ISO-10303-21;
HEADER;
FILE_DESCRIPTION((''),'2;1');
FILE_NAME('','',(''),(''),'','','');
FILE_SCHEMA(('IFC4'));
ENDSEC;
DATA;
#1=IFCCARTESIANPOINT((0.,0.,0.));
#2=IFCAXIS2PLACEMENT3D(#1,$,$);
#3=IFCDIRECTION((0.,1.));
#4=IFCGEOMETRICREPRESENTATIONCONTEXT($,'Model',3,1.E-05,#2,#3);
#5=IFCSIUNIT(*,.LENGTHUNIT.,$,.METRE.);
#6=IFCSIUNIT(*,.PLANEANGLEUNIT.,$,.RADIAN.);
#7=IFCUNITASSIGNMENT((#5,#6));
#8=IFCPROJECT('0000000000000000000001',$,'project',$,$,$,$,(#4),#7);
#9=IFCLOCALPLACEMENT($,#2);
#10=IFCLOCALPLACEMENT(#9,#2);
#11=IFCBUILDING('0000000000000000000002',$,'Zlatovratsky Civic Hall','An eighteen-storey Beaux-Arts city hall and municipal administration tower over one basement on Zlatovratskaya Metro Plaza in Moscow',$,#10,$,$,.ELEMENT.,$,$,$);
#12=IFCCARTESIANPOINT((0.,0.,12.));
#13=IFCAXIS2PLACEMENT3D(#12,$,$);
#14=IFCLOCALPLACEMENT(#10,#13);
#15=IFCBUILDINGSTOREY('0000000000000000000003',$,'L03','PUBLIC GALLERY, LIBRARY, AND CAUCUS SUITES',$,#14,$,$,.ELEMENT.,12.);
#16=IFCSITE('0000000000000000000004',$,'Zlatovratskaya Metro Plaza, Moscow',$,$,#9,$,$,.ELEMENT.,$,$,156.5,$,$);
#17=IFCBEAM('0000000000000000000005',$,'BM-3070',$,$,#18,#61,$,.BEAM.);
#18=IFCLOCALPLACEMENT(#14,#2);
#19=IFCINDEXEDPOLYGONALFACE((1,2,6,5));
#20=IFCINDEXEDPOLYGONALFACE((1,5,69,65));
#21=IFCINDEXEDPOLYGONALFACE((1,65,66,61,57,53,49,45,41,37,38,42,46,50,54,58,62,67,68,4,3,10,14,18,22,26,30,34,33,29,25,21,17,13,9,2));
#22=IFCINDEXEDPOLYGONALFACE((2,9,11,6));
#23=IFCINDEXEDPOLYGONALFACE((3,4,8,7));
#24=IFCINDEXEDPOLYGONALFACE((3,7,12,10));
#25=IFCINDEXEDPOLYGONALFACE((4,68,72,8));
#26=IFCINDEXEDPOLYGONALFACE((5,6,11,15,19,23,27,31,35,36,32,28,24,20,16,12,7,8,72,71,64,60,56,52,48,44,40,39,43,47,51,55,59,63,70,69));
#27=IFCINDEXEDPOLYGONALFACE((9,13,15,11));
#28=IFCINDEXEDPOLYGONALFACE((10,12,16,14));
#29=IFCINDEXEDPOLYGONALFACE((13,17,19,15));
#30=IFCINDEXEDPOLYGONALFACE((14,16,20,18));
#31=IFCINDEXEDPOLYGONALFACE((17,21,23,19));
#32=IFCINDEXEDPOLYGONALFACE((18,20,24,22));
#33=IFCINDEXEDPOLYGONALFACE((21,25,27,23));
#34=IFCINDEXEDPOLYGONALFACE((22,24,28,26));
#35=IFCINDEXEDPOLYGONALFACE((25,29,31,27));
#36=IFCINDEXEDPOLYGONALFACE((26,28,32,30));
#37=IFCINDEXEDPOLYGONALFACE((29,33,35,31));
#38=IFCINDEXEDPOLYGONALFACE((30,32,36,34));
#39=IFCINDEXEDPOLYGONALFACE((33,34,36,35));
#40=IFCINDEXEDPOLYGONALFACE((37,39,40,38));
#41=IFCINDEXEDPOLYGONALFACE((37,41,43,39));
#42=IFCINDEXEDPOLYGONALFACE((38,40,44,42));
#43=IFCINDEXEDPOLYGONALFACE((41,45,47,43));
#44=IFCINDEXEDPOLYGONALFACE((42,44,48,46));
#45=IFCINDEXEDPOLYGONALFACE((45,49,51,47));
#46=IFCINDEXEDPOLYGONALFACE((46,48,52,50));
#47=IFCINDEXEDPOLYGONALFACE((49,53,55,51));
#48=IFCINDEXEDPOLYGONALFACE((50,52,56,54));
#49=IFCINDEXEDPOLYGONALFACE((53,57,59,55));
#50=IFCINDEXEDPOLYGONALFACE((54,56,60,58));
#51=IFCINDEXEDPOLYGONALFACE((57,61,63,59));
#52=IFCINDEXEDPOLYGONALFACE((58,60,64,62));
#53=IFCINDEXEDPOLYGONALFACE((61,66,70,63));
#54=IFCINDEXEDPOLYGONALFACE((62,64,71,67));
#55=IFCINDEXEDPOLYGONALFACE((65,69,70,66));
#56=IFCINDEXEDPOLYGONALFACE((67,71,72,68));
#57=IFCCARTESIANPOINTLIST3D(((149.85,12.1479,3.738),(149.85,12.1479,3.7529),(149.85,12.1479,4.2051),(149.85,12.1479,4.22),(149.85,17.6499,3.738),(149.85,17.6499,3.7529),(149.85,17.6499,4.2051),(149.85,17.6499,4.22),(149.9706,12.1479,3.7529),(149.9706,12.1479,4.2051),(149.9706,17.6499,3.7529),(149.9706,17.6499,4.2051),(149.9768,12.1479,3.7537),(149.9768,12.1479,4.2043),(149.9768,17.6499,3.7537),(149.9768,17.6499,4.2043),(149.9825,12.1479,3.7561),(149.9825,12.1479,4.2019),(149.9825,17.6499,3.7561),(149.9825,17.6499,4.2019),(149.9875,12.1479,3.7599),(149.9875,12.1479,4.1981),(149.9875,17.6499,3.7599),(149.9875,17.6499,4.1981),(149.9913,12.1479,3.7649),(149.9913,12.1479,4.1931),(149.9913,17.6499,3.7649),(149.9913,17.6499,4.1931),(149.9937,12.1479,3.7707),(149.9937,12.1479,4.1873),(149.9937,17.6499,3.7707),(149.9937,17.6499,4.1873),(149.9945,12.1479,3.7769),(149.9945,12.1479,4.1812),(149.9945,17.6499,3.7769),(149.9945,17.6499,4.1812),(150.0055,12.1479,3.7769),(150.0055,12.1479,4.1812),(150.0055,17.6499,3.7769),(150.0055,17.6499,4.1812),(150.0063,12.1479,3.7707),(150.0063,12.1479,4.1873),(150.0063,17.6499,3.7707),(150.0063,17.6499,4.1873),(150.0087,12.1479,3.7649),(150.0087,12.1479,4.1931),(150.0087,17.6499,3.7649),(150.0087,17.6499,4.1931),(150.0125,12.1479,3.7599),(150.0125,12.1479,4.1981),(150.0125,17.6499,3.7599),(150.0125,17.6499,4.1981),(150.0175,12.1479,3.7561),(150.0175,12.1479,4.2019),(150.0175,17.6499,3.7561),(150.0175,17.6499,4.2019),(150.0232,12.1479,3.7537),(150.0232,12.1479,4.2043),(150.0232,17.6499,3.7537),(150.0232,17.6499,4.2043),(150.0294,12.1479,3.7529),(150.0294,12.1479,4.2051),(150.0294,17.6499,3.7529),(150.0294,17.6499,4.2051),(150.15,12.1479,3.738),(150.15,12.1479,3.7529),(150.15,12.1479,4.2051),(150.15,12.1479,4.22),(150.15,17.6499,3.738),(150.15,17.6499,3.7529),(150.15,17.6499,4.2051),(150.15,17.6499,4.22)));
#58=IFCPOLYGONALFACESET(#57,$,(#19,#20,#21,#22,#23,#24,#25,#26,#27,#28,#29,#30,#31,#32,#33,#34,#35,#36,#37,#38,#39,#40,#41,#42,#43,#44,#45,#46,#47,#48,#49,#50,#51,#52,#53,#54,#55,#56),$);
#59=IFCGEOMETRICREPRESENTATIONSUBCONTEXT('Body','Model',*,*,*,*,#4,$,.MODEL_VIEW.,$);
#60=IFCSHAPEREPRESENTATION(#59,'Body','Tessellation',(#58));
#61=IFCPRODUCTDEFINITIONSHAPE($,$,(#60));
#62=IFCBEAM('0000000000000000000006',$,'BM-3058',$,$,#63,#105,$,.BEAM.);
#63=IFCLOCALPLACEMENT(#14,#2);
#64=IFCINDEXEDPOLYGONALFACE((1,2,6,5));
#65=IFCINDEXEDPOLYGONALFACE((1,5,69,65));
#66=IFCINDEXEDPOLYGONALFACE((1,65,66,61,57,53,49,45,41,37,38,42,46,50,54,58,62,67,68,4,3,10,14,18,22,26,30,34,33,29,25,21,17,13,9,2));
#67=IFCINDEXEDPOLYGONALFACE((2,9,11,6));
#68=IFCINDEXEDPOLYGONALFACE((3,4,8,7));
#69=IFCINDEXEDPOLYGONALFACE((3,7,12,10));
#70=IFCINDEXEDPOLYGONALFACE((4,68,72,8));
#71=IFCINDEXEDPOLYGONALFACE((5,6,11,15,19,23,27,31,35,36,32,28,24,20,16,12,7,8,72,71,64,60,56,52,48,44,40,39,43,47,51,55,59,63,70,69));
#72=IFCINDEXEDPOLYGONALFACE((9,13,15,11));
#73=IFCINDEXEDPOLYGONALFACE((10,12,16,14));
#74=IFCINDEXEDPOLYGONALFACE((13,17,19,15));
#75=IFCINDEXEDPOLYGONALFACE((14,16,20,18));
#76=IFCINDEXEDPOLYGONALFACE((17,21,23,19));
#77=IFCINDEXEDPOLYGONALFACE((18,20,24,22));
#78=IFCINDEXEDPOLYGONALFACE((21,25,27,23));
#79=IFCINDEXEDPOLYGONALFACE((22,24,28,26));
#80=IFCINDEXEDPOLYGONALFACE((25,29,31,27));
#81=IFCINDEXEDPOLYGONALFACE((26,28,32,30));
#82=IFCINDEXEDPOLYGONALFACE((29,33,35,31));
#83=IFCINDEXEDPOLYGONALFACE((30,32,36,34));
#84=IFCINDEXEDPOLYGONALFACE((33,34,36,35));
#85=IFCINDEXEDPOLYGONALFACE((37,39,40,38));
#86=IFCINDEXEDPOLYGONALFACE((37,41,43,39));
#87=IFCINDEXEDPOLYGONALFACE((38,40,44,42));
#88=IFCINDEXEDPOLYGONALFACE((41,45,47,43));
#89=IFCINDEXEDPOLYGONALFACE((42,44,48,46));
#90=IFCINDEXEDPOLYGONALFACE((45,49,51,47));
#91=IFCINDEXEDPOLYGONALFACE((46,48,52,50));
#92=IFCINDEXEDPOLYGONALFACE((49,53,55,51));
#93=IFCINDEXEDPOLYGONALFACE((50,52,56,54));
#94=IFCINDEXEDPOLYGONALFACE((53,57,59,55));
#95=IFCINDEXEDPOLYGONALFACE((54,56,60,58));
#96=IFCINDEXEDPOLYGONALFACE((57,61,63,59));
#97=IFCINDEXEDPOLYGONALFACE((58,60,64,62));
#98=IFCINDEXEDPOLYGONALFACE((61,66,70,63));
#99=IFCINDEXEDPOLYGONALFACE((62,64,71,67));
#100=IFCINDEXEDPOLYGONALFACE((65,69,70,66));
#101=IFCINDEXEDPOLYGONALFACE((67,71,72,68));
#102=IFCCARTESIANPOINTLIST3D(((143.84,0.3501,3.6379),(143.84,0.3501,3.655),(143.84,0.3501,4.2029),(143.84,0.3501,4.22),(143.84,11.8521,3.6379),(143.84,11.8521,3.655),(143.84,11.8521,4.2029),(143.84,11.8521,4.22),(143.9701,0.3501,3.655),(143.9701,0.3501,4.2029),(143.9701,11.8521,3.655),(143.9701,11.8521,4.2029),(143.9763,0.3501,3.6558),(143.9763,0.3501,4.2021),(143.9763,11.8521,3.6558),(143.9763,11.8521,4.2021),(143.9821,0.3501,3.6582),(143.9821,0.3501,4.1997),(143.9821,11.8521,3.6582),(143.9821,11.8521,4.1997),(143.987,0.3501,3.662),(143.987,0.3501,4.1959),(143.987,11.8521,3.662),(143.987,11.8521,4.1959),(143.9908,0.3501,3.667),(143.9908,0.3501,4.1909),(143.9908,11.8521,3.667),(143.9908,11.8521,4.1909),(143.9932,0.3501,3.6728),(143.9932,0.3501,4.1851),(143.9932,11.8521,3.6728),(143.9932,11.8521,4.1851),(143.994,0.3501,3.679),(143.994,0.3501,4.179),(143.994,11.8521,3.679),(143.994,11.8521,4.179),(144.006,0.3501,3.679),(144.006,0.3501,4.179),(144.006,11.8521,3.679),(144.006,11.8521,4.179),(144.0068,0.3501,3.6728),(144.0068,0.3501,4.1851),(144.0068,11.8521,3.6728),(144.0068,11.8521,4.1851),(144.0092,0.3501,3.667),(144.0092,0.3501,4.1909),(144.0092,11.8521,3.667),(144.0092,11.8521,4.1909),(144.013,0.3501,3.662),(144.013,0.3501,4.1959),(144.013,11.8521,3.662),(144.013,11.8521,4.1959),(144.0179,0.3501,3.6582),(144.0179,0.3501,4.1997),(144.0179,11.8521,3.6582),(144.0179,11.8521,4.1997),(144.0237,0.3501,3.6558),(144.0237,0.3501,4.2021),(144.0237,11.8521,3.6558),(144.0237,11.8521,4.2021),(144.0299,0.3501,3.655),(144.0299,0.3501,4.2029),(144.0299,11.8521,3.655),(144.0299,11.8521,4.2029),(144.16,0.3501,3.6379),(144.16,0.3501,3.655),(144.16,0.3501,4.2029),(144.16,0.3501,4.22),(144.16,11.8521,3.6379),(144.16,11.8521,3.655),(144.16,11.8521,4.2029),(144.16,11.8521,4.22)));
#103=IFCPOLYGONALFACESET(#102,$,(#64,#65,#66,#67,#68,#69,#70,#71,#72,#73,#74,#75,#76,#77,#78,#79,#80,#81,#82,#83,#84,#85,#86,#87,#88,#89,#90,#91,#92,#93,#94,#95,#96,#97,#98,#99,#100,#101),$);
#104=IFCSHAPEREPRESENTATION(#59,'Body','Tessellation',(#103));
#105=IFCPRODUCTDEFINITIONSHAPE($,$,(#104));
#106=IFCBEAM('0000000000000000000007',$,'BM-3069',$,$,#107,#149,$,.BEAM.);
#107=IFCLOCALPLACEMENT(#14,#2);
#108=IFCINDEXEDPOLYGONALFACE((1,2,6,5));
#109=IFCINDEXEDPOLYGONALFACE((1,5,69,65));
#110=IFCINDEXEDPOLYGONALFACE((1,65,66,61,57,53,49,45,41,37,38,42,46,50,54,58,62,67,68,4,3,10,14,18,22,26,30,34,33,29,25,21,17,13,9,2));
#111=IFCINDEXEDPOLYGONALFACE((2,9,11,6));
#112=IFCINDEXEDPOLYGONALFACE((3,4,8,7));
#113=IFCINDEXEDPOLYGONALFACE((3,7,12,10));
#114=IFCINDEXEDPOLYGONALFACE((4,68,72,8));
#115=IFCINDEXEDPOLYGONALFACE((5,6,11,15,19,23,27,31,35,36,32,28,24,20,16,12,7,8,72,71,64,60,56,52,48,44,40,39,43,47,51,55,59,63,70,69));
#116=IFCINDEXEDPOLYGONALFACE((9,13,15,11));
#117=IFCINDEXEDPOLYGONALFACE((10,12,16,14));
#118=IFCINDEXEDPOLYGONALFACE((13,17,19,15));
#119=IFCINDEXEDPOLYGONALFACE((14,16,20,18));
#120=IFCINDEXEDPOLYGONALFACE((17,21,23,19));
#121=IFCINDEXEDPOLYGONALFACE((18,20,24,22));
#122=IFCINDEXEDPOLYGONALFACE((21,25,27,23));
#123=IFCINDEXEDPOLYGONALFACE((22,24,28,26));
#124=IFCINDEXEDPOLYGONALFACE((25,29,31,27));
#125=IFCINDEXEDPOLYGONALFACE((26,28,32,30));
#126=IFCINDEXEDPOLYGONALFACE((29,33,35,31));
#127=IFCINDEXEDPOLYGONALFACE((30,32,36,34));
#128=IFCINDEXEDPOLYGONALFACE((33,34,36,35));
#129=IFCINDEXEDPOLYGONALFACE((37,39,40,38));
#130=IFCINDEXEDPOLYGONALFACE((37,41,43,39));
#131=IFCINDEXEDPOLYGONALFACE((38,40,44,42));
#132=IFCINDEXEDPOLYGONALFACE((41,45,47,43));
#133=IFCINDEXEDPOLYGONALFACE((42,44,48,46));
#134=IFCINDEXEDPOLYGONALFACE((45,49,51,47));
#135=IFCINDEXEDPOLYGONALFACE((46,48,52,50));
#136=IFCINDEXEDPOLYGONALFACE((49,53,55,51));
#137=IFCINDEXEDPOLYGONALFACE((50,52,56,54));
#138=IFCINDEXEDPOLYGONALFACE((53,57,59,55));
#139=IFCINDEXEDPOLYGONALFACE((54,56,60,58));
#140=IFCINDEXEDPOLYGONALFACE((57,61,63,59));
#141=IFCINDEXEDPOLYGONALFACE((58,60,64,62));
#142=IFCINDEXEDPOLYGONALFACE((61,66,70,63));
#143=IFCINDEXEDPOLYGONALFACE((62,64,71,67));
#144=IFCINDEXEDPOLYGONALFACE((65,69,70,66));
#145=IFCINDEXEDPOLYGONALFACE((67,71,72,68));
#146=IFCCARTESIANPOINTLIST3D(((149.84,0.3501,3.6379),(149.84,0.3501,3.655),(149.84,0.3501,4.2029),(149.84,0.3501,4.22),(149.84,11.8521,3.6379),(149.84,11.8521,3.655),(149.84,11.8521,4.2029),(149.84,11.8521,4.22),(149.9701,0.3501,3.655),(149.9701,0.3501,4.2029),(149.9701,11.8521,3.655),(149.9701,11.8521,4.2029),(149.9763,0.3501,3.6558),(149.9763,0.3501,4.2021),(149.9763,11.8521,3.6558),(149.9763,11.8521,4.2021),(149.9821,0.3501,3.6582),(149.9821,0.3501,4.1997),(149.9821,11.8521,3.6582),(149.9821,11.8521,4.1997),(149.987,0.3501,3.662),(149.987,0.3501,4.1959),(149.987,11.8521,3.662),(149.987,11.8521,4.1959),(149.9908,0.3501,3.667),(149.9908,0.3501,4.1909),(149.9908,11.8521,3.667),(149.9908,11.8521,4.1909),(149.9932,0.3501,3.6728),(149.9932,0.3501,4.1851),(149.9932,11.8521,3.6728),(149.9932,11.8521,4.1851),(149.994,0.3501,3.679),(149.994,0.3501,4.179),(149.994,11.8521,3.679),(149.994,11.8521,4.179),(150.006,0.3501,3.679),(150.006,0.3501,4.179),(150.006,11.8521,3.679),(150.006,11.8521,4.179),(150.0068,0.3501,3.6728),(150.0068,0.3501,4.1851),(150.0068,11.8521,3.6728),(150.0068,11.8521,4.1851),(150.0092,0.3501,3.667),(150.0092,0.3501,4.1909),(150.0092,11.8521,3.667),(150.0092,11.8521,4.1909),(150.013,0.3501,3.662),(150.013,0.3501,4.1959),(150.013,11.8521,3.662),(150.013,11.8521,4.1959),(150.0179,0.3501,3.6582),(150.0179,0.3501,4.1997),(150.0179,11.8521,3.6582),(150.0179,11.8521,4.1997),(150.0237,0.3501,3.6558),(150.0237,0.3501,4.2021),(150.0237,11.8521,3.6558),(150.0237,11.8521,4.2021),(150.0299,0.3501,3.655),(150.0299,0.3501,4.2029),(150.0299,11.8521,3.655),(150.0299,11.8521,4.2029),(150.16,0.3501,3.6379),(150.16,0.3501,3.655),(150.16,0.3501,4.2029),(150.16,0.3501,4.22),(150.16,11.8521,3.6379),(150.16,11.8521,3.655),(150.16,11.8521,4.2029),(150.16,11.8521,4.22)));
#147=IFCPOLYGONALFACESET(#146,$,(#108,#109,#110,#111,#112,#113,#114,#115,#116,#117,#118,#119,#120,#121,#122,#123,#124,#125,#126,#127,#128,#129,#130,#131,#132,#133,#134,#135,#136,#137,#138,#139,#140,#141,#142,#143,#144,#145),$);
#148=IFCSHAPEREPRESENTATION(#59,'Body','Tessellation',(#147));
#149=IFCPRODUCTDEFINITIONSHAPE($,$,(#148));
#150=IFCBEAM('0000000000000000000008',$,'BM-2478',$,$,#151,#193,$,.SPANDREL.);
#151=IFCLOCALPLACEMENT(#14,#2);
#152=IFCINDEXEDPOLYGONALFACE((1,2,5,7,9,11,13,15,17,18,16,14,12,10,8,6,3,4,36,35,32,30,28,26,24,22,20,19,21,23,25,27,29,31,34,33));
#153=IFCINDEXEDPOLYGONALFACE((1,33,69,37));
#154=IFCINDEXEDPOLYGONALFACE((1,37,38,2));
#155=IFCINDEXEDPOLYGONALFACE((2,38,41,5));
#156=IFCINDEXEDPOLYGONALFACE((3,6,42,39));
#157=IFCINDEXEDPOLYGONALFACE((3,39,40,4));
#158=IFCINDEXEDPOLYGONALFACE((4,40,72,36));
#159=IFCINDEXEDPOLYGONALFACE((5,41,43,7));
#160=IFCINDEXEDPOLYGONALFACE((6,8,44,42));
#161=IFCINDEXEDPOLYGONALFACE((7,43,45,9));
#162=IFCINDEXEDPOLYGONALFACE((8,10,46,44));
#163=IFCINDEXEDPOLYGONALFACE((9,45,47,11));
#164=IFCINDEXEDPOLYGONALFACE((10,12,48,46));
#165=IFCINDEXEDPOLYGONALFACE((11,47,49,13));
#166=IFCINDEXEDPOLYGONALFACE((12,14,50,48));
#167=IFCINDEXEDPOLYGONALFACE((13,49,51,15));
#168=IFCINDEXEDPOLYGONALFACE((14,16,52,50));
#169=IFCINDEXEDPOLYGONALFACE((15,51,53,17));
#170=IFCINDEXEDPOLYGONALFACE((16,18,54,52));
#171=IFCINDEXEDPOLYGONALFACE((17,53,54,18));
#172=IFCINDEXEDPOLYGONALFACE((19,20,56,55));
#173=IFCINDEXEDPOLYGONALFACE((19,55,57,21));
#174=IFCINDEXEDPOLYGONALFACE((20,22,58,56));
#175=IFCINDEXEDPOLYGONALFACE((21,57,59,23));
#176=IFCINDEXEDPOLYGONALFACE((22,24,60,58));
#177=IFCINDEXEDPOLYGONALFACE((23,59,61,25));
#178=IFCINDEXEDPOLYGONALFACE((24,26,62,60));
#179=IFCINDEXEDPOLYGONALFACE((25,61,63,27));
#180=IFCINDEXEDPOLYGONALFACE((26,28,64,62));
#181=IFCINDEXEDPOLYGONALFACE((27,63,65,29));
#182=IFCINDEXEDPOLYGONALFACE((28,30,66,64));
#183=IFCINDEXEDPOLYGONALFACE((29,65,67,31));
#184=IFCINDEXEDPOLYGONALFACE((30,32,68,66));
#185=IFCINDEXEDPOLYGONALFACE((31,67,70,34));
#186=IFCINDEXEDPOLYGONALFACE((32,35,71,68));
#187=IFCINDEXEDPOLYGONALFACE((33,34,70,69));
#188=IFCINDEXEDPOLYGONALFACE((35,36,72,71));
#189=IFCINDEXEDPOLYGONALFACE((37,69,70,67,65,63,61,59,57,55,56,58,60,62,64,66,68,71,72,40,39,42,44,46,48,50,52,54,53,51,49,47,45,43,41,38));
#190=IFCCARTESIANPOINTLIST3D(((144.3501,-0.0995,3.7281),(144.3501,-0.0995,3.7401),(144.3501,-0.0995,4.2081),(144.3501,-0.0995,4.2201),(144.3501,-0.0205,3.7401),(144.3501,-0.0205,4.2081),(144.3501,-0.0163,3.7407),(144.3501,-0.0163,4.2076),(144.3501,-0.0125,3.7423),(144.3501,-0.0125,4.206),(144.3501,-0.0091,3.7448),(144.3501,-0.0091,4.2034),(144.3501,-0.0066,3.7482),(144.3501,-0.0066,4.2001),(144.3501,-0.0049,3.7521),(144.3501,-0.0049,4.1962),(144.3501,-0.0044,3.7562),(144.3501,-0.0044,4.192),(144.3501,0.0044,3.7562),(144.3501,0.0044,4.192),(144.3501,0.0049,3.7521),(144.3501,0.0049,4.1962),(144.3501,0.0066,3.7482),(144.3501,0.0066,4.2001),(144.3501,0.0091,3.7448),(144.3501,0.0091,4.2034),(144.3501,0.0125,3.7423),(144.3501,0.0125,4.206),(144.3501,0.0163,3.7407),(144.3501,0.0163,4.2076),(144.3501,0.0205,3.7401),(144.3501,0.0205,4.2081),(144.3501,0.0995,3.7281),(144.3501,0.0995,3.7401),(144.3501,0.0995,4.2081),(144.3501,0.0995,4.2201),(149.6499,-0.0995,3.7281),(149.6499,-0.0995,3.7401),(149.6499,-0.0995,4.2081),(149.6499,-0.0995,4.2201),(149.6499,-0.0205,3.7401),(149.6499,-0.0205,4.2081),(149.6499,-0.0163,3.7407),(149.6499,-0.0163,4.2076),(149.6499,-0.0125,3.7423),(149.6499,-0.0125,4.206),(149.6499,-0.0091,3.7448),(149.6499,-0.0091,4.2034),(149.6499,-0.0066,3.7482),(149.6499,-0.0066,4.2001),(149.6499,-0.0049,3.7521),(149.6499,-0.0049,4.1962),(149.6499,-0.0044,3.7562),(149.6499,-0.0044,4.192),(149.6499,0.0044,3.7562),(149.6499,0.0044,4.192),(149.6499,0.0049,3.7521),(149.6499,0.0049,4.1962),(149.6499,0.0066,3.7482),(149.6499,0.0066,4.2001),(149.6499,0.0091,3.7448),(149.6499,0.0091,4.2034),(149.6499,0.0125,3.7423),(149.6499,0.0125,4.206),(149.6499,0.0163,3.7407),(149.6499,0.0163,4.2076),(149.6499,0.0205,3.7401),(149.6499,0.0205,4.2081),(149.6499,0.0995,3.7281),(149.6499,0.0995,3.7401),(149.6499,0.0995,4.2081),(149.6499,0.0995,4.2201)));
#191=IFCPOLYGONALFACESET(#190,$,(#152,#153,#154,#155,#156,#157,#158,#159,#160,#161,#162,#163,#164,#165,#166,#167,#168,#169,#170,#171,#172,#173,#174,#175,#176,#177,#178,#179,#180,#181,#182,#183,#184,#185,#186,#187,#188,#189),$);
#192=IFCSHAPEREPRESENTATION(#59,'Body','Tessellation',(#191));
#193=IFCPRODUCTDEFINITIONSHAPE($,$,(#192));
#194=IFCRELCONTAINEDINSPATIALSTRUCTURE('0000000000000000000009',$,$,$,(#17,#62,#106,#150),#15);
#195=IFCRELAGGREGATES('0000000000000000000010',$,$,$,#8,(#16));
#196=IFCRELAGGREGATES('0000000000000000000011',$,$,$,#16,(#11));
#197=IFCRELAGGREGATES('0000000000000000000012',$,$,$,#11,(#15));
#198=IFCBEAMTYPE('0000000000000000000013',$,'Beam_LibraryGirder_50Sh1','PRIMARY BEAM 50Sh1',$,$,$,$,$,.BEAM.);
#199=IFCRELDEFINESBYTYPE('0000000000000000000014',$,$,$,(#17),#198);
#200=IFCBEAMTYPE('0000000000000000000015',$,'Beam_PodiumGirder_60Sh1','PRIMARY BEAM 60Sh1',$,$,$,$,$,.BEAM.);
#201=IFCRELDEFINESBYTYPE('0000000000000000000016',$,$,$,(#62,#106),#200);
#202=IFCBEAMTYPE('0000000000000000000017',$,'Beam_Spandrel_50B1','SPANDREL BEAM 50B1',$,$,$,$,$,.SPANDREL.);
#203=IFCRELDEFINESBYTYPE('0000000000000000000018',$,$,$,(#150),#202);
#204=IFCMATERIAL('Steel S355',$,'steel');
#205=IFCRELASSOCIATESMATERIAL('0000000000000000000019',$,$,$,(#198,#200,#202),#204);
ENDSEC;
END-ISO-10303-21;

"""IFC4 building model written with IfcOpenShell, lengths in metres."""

from ifc_helpers import new_model, si_unit, direction, frame, origin, origin_2d, place, context, subcontext, project, spatial, i_section, extrude, material, material_profile, profile_set, type_object, element, save


model = new_model("IFC4")

# Units and contexts
model_context = context("Model", 3, precision=1e-05, world=origin(), true_north=direction((0.0, 1.0)))
body_context = subcontext(model_context, "Body", "Model", "MODEL_VIEW")
ifc_project = project(units=[si_unit("LENGTHUNIT", "METRE"), si_unit("PLANEANGLEUNIT", "RADIAN")], contexts=[model_context])

# Site, building, storey
site_placement = place(None, origin())
site = spatial("IfcSite", under=ifc_project, at=site_placement, Name="Zlatovratskaya Metro Plaza, Moscow", CompositionType="ELEMENT", RefElevation=156.5)
building_placement = place(site_placement, origin())
building = spatial("IfcBuilding", under=site, at=building_placement, Name="Zlatovratsky Civic Hall", Description="An eighteen-storey Beaux-Arts city hall and municipal administration tower over one basement on Zlatovratskaya Metro Plaza in Moscow", CompositionType="ELEMENT")
storey_placement = place(building_placement, frame((0.0, 0.0, 12.0)))
storey = spatial("IfcBuildingStorey", under=building, at=storey_placement, Name="L03", Description="PUBLIC GALLERY, LIBRARY, AND CAUCUS SUITES", CompositionType="ELEMENT", Elevation=12.0)

# Shared definitions
ifc_material_1 = material(Name="Steel S355", Category="steel")

# Beams
ifc_material_profile_1 = material_profile(ifc_material_1, i_section(OverallWidth=0.3, OverallDepth=0.4819, WebThickness=0.011, FlangeThickness=0.0149, FilletRadius=0.0239, at=origin_2d()), Name="50Sh1")
ifc_profile_set_1 = profile_set([ifc_material_profile_1], Name="Steel S355")
beam_type_1 = type_object("IfcBeamType", Name="Beam_LibraryGirder_50Sh1", Description="PRIMARY BEAM 50Sh1", PredefinedType="BEAM", material=ifc_profile_set_1)
beam_1_placement = place(storey_placement, frame((150.0, 12.1479, 3.979), z_axis=(0.0, 1.0, 0.0), x_axis=(-1.0, 0.0, 0.0)))
element("IfcBeam", 1, at=beam_1_placement, inside=storey, type_object=beam_type_1, Name="BM-3070", PredefinedType="BEAM", context=body_context, shape_type="SweptSolid", body=[
    extrude(i_section(OverallWidth=0.3, OverallDepth=0.4819, WebThickness=0.011, FlangeThickness=0.0149, FilletRadius=0.0239, at=origin_2d()), origin(), (0.0, 0.0, 1.0), 5.502),
])
ifc_material_profile_2 = material_profile(ifc_material_1, i_section(OverallWidth=0.3201, OverallDepth=0.582, WebThickness=0.012, FlangeThickness=0.0171, FilletRadius=0.0239, at=origin_2d()), Name="60Sh1")
ifc_profile_set_2 = profile_set([ifc_material_profile_2], Name="Steel S355")
beam_type_2 = type_object("IfcBeamType", Name="Beam_PodiumGirder_60Sh1", Description="PRIMARY BEAM 60Sh1", PredefinedType="BEAM", material=ifc_profile_set_2)
for number, where, z_axis, x_axis, name in (
    (2, (144.0, 0.3501, 3.929), (0.0, 1.0, 0.0), (-1.0, 0.0, 0.0), "BM-3058"),
    (3, (150.0, 0.3501, 3.929), (0.0, 1.0, 0.0), (-1.0, 0.0, 0.0), "BM-3069"),
):
    element("IfcBeam", number, at=place(storey_placement, frame(where, z_axis=z_axis, x_axis=x_axis)), inside=storey, type_object=beam_type_2, Name=name, PredefinedType="BEAM", context=body_context, shape_type="SweptSolid", body=[
        extrude(i_section(OverallWidth=0.3201, OverallDepth=0.582, WebThickness=0.012, FlangeThickness=0.0171, FilletRadius=0.0239, at=origin_2d()), origin(), (0.0, 0.0, 1.0), 11.502),
    ])
ifc_material_profile_3 = material_profile(ifc_material_1, i_section(OverallWidth=0.199, OverallDepth=0.4919, WebThickness=0.0088, FlangeThickness=0.012, FilletRadius=0.0161, at=origin_2d()), Name="50B1")
ifc_profile_set_3 = profile_set([ifc_material_profile_3], Name="Steel S355")
beam_type_3 = type_object("IfcBeamType", Name="Beam_Spandrel_50B1", Description="SPANDREL BEAM 50B1", PredefinedType="SPANDREL", material=ifc_profile_set_3)
for number, where, z_axis, x_axis, name in (
    (4, (144.3501, 0.0, 3.9741), (1.0, 0.0, 0.0), (0.0, 1.0, 0.0), "BM-2478"),
):
    element("IfcBeam", number, at=place(storey_placement, frame(where, z_axis=z_axis, x_axis=x_axis)), inside=storey, type_object=beam_type_3, Name=name, PredefinedType="SPANDREL", context=body_context, shape_type="SweptSolid", body=[
        extrude(i_section(OverallWidth=0.199, OverallDepth=0.4919, WebThickness=0.0088, FlangeThickness=0.012, FilletRadius=0.0161, at=origin_2d()), origin(), (0.0, 0.0, 1.0), 5.2998),
    ])

save(model, "model.ifc")
